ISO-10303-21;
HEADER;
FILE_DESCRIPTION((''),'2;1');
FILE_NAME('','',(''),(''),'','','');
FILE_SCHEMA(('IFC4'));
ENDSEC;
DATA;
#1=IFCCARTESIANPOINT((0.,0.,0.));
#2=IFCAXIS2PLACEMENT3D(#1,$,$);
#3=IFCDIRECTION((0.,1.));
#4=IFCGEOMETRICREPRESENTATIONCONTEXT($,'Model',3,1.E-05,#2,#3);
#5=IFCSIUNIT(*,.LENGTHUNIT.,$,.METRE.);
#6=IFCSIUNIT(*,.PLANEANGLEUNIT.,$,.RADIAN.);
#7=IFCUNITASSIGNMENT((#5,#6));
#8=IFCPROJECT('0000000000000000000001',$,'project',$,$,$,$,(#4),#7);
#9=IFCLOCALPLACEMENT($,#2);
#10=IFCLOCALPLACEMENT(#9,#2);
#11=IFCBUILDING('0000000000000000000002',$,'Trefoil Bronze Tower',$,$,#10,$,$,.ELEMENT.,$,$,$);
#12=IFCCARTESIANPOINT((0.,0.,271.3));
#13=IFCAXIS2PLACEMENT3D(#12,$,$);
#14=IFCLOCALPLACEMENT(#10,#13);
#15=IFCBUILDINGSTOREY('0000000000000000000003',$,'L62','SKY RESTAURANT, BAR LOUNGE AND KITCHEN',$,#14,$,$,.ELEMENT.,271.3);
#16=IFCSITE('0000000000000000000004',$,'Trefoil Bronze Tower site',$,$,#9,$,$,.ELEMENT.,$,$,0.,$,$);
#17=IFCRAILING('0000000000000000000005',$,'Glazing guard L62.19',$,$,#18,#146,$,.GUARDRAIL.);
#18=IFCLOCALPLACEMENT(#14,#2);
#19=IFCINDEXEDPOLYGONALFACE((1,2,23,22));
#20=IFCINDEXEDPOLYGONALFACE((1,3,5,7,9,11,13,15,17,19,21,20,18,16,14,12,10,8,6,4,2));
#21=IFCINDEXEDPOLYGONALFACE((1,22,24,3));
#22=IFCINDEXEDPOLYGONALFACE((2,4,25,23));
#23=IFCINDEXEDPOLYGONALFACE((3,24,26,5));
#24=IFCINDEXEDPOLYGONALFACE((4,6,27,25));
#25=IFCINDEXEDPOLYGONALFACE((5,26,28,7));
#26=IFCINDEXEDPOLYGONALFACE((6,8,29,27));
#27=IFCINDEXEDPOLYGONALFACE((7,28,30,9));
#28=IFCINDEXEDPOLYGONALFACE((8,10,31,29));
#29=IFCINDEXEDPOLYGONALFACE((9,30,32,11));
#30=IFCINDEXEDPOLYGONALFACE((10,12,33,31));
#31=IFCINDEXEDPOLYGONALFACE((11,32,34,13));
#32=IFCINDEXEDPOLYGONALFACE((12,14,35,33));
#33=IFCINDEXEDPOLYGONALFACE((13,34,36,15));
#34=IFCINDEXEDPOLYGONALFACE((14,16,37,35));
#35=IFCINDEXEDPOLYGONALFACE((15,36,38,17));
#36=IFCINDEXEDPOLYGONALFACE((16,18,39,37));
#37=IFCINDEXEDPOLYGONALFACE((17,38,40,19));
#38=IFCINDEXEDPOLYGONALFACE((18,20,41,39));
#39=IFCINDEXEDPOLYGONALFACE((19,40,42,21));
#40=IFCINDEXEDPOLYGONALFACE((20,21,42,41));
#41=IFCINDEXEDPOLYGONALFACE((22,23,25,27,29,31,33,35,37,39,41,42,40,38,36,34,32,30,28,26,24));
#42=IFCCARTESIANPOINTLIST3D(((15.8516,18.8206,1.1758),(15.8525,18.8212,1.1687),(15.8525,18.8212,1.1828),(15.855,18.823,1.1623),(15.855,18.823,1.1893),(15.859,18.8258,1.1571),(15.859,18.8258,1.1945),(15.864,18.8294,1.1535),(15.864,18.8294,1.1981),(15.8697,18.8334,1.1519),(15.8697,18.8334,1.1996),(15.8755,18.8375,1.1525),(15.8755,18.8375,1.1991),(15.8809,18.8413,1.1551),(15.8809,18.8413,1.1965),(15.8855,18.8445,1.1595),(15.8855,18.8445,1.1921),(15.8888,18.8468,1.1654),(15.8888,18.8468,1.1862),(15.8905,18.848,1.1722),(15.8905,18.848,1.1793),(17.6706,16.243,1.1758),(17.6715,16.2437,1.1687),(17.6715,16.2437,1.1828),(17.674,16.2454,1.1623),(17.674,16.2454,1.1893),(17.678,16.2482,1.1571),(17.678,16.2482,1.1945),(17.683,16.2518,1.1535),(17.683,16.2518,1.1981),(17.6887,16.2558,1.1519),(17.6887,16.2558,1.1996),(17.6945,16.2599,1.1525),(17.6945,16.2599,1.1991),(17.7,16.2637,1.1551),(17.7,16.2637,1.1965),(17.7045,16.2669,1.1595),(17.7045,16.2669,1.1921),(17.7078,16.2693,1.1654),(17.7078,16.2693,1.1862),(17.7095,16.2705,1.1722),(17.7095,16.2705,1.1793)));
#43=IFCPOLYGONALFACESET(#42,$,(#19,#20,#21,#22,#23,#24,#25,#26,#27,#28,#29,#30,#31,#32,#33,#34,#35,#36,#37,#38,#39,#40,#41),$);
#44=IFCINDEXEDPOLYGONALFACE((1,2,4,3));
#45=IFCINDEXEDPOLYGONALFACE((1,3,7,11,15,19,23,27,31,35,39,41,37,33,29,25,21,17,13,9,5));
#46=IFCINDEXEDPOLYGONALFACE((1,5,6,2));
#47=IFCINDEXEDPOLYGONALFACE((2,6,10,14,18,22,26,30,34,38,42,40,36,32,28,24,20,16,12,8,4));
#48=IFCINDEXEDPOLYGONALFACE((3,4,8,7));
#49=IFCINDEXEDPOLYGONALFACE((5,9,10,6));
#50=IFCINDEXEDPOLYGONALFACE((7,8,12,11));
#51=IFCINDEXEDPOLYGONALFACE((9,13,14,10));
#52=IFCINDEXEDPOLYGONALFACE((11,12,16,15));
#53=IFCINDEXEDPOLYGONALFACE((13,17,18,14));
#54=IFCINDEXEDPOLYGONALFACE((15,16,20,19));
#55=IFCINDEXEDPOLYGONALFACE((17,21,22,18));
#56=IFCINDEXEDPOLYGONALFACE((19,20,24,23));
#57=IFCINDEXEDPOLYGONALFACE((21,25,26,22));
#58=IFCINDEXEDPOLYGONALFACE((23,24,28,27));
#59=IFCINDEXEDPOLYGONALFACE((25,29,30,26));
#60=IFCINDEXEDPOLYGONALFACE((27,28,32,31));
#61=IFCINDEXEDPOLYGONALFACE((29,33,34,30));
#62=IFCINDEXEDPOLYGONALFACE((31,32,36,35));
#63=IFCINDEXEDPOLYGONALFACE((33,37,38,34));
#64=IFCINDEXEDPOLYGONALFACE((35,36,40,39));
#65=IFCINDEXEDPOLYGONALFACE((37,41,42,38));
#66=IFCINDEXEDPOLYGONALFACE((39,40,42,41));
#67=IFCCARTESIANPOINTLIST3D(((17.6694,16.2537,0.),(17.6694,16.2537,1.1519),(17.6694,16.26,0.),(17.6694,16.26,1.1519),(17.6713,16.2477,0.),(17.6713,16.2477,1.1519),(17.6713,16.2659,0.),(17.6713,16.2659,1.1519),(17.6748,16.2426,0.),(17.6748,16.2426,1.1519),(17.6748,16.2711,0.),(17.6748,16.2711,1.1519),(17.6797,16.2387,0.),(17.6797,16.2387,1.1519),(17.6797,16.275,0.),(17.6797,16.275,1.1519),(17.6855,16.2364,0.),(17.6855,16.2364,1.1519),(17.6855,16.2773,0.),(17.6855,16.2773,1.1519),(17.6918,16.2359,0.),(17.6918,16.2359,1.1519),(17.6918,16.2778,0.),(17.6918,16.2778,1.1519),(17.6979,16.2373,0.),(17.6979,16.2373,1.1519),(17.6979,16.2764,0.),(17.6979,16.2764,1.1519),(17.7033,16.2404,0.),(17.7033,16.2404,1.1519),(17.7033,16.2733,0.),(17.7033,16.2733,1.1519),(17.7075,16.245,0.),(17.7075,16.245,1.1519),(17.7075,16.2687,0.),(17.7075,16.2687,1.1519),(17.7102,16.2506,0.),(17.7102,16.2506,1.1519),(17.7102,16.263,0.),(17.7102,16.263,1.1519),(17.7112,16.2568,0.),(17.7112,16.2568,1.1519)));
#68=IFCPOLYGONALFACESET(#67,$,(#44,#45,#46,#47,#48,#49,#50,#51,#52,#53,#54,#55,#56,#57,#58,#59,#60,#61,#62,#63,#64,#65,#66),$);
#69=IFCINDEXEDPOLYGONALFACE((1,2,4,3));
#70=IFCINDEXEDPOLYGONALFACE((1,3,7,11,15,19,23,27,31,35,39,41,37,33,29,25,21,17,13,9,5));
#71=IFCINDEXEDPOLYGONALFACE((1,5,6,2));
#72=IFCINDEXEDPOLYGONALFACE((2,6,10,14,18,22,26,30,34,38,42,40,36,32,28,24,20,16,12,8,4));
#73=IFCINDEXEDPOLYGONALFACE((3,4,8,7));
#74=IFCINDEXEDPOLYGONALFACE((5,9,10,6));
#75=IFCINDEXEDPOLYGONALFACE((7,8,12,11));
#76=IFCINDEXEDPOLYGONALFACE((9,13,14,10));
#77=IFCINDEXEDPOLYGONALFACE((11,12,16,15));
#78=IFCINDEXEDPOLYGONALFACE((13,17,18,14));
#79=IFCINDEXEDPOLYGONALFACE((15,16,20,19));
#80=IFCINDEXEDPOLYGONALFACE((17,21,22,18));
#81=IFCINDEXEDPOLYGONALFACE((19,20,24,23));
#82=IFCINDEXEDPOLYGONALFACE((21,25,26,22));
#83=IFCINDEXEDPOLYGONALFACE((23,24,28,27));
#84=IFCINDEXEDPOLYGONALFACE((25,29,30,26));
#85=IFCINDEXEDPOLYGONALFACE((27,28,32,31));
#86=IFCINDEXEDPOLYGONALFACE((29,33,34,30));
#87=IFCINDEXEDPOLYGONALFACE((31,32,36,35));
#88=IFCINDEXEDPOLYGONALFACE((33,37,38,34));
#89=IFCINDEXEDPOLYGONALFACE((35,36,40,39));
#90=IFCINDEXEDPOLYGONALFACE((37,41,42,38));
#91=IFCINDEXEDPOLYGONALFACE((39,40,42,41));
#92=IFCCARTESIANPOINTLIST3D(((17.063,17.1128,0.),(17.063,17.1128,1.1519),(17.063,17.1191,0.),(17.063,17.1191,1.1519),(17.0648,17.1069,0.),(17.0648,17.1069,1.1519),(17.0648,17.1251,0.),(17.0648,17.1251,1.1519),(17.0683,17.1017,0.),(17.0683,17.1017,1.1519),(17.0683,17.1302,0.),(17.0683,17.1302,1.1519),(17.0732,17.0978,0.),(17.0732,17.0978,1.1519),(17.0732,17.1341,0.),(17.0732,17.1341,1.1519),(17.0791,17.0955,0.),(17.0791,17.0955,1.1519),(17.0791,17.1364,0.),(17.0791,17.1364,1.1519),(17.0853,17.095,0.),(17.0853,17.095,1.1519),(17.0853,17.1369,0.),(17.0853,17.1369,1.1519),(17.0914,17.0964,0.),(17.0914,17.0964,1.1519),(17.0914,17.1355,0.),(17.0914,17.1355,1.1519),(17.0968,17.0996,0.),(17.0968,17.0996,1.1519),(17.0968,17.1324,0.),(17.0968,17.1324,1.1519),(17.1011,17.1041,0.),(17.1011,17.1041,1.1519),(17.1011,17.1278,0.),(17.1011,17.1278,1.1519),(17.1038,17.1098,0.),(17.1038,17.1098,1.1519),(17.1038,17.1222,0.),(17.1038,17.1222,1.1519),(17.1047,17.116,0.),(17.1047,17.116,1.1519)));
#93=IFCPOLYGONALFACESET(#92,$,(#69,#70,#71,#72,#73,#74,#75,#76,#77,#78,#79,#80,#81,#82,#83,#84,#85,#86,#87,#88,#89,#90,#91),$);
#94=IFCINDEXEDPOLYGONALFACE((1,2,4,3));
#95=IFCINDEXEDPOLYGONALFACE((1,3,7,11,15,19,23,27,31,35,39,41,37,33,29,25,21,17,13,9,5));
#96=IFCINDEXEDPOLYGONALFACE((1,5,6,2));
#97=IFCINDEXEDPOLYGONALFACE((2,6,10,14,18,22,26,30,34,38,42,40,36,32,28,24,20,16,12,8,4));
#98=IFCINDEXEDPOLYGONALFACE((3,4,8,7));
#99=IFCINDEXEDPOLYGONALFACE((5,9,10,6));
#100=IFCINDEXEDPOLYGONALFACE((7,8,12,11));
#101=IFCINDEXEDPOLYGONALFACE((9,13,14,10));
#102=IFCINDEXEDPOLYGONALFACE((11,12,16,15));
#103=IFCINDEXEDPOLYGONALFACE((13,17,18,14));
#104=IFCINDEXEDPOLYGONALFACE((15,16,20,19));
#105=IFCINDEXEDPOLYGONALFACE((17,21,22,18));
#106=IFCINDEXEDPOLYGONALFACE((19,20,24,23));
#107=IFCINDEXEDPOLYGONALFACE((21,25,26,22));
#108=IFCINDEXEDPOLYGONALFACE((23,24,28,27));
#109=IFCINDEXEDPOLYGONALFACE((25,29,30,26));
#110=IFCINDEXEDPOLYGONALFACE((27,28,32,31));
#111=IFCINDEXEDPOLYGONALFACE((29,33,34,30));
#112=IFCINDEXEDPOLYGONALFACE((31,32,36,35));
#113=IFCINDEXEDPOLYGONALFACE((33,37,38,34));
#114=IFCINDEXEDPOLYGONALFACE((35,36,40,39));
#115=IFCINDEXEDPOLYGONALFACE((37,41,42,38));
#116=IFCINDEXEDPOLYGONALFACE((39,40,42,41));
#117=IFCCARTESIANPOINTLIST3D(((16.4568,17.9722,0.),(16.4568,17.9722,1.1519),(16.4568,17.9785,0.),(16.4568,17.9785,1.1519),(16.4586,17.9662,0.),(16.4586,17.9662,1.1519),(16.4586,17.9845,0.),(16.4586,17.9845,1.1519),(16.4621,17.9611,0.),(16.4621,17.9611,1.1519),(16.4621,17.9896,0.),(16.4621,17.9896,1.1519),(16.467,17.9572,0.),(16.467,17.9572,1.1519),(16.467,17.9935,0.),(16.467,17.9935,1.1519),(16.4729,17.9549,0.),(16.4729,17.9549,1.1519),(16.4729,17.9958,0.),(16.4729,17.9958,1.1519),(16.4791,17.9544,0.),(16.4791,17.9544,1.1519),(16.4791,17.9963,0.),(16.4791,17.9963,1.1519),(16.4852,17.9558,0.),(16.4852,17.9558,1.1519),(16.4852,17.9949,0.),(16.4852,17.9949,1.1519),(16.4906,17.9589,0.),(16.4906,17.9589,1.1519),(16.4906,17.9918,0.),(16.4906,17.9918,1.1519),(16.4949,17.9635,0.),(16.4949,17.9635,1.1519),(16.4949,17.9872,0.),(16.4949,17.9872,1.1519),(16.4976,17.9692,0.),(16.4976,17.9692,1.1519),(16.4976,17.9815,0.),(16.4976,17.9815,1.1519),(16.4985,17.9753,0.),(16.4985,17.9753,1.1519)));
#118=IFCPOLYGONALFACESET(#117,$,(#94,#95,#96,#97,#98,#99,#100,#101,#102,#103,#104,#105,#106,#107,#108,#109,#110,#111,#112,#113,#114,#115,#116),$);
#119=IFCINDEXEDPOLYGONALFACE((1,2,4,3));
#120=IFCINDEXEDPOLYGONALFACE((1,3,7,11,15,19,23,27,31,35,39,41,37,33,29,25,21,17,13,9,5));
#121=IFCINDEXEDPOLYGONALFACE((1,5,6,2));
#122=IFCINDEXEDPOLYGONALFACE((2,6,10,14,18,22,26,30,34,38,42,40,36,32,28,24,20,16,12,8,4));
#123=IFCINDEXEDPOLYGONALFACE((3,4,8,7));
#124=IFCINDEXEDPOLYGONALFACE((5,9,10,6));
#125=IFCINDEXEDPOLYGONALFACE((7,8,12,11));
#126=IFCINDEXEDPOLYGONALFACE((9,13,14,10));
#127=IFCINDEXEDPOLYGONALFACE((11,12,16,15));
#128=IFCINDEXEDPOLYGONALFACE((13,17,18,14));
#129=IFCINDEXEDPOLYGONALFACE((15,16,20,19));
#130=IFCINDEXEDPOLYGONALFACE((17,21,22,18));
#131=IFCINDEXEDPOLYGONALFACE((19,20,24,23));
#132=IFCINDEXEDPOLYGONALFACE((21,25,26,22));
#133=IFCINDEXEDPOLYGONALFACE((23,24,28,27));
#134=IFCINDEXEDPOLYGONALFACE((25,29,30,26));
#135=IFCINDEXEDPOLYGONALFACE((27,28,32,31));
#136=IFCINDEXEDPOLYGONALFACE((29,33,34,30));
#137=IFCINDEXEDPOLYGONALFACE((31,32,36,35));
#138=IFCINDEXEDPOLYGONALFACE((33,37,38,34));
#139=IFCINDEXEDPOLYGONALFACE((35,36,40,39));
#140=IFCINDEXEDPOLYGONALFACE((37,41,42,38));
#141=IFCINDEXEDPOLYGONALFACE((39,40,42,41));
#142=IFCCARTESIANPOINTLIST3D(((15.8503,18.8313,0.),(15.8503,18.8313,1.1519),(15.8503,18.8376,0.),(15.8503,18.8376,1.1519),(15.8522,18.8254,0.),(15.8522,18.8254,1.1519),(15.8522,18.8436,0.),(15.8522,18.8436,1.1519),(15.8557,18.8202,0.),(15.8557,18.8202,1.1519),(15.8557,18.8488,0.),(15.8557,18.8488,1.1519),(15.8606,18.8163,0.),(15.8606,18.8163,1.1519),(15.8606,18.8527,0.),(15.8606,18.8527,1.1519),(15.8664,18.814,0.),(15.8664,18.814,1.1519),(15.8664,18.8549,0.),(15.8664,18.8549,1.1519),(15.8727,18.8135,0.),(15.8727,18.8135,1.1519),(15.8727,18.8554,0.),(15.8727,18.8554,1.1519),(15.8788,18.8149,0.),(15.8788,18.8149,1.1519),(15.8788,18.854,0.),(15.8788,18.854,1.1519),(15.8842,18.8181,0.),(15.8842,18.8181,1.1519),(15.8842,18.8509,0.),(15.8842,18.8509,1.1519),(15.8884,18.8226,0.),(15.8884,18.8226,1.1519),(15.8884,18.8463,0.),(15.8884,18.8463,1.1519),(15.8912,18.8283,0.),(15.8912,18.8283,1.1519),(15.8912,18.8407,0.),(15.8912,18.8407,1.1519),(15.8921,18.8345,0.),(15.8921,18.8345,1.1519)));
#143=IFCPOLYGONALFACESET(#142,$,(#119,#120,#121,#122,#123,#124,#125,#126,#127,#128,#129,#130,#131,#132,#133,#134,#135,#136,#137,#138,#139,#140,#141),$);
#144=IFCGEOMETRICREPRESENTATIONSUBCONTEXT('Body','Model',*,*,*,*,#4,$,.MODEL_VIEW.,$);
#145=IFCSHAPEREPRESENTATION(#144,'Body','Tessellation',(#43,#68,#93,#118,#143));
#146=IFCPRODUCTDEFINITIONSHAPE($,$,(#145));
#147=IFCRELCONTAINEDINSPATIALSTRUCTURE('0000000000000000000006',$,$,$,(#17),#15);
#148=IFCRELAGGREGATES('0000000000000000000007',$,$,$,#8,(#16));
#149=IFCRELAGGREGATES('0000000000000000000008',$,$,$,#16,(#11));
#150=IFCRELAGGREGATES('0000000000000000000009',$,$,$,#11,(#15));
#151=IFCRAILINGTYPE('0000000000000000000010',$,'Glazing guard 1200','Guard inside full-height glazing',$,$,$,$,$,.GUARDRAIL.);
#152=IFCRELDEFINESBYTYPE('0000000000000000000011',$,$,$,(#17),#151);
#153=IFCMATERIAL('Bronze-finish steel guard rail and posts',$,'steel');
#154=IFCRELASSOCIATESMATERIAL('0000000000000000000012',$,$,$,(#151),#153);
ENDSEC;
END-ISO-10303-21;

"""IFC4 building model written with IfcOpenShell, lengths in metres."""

from ifc_helpers import new_model, si_unit, direction, frame, origin, origin_2d, place, context, subcontext, project, spatial, circle, extrude, material, type_object, element, save


model = new_model("IFC4")

# Units and contexts
model_context = context("Model", 3, precision=1e-05, world=origin(), true_north=direction((0.0, 1.0)))
body_context = subcontext(model_context, "Body", "Model", "MODEL_VIEW")
ifc_project = project(units=[si_unit("LENGTHUNIT", "METRE"), si_unit("PLANEANGLEUNIT", "RADIAN")], contexts=[model_context])

# Site, building, storey
site_placement = place(None, origin())
site = spatial("IfcSite", under=ifc_project, at=site_placement, Name="Trefoil Bronze Tower site", CompositionType="ELEMENT", RefElevation=0.0)
building_placement = place(site_placement, origin())
building = spatial("IfcBuilding", under=site, at=building_placement, Name="Trefoil Bronze Tower", CompositionType="ELEMENT")
storey_placement = place(building_placement, frame((0.0, 0.0, 271.3)))
storey = spatial("IfcBuildingStorey", under=building, at=storey_placement, Name="L62", Description="SKY RESTAURANT, BAR LOUNGE AND KITCHEN", CompositionType="ELEMENT", Elevation=271.3)

# Railing
ifc_material_1 = material(Name="Bronze-finish steel guard rail and posts", Category="steel")
railing_type_1 = type_object("IfcRailingType", Name="Glazing guard 1200", Description="Guard inside full-height glazing", PredefinedType="GUARDRAIL", material=ifc_material_1)
railing_1_placement = place(storey_placement, frame((17.6902, 16.2568, 0.0)))
element("IfcRailing", 1, at=railing_1_placement, inside=storey, type_object=railing_type_1, Name="Glazing guard L62.19", PredefinedType="GUARDRAIL", context=body_context, shape_type="SweptSolid", body=[
    extrude(circle(Radius=0.0239, at=origin_2d()), frame((0.0, 0.0, 1.1758), z_axis=(-0.576595, 0.81703, 0.0), x_axis=(-0.81703, -0.576595, 0.0)), (0.0, 0.0, 1.0), 3.1548),
    extrude(circle(Radius=0.021, at=origin_2d()), origin(), (0.0, 0.0, 1.0), 1.1519),
    extrude(circle(Radius=0.021, at=origin_2d()), frame((-0.6064, 0.8591, 0.0)), (0.0, 0.0, 1.0), 1.1519),
    extrude(circle(Radius=0.021, at=origin_2d()), frame((-1.2126, 1.7185, 0.0)), (0.0, 0.0, 1.0), 1.1519),
    extrude(circle(Radius=0.021, at=origin_2d()), frame((-1.8191, 2.5776, 0.0)), (0.0, 0.0, 1.0), 1.1519),
])

save(model, "model.ifc")
